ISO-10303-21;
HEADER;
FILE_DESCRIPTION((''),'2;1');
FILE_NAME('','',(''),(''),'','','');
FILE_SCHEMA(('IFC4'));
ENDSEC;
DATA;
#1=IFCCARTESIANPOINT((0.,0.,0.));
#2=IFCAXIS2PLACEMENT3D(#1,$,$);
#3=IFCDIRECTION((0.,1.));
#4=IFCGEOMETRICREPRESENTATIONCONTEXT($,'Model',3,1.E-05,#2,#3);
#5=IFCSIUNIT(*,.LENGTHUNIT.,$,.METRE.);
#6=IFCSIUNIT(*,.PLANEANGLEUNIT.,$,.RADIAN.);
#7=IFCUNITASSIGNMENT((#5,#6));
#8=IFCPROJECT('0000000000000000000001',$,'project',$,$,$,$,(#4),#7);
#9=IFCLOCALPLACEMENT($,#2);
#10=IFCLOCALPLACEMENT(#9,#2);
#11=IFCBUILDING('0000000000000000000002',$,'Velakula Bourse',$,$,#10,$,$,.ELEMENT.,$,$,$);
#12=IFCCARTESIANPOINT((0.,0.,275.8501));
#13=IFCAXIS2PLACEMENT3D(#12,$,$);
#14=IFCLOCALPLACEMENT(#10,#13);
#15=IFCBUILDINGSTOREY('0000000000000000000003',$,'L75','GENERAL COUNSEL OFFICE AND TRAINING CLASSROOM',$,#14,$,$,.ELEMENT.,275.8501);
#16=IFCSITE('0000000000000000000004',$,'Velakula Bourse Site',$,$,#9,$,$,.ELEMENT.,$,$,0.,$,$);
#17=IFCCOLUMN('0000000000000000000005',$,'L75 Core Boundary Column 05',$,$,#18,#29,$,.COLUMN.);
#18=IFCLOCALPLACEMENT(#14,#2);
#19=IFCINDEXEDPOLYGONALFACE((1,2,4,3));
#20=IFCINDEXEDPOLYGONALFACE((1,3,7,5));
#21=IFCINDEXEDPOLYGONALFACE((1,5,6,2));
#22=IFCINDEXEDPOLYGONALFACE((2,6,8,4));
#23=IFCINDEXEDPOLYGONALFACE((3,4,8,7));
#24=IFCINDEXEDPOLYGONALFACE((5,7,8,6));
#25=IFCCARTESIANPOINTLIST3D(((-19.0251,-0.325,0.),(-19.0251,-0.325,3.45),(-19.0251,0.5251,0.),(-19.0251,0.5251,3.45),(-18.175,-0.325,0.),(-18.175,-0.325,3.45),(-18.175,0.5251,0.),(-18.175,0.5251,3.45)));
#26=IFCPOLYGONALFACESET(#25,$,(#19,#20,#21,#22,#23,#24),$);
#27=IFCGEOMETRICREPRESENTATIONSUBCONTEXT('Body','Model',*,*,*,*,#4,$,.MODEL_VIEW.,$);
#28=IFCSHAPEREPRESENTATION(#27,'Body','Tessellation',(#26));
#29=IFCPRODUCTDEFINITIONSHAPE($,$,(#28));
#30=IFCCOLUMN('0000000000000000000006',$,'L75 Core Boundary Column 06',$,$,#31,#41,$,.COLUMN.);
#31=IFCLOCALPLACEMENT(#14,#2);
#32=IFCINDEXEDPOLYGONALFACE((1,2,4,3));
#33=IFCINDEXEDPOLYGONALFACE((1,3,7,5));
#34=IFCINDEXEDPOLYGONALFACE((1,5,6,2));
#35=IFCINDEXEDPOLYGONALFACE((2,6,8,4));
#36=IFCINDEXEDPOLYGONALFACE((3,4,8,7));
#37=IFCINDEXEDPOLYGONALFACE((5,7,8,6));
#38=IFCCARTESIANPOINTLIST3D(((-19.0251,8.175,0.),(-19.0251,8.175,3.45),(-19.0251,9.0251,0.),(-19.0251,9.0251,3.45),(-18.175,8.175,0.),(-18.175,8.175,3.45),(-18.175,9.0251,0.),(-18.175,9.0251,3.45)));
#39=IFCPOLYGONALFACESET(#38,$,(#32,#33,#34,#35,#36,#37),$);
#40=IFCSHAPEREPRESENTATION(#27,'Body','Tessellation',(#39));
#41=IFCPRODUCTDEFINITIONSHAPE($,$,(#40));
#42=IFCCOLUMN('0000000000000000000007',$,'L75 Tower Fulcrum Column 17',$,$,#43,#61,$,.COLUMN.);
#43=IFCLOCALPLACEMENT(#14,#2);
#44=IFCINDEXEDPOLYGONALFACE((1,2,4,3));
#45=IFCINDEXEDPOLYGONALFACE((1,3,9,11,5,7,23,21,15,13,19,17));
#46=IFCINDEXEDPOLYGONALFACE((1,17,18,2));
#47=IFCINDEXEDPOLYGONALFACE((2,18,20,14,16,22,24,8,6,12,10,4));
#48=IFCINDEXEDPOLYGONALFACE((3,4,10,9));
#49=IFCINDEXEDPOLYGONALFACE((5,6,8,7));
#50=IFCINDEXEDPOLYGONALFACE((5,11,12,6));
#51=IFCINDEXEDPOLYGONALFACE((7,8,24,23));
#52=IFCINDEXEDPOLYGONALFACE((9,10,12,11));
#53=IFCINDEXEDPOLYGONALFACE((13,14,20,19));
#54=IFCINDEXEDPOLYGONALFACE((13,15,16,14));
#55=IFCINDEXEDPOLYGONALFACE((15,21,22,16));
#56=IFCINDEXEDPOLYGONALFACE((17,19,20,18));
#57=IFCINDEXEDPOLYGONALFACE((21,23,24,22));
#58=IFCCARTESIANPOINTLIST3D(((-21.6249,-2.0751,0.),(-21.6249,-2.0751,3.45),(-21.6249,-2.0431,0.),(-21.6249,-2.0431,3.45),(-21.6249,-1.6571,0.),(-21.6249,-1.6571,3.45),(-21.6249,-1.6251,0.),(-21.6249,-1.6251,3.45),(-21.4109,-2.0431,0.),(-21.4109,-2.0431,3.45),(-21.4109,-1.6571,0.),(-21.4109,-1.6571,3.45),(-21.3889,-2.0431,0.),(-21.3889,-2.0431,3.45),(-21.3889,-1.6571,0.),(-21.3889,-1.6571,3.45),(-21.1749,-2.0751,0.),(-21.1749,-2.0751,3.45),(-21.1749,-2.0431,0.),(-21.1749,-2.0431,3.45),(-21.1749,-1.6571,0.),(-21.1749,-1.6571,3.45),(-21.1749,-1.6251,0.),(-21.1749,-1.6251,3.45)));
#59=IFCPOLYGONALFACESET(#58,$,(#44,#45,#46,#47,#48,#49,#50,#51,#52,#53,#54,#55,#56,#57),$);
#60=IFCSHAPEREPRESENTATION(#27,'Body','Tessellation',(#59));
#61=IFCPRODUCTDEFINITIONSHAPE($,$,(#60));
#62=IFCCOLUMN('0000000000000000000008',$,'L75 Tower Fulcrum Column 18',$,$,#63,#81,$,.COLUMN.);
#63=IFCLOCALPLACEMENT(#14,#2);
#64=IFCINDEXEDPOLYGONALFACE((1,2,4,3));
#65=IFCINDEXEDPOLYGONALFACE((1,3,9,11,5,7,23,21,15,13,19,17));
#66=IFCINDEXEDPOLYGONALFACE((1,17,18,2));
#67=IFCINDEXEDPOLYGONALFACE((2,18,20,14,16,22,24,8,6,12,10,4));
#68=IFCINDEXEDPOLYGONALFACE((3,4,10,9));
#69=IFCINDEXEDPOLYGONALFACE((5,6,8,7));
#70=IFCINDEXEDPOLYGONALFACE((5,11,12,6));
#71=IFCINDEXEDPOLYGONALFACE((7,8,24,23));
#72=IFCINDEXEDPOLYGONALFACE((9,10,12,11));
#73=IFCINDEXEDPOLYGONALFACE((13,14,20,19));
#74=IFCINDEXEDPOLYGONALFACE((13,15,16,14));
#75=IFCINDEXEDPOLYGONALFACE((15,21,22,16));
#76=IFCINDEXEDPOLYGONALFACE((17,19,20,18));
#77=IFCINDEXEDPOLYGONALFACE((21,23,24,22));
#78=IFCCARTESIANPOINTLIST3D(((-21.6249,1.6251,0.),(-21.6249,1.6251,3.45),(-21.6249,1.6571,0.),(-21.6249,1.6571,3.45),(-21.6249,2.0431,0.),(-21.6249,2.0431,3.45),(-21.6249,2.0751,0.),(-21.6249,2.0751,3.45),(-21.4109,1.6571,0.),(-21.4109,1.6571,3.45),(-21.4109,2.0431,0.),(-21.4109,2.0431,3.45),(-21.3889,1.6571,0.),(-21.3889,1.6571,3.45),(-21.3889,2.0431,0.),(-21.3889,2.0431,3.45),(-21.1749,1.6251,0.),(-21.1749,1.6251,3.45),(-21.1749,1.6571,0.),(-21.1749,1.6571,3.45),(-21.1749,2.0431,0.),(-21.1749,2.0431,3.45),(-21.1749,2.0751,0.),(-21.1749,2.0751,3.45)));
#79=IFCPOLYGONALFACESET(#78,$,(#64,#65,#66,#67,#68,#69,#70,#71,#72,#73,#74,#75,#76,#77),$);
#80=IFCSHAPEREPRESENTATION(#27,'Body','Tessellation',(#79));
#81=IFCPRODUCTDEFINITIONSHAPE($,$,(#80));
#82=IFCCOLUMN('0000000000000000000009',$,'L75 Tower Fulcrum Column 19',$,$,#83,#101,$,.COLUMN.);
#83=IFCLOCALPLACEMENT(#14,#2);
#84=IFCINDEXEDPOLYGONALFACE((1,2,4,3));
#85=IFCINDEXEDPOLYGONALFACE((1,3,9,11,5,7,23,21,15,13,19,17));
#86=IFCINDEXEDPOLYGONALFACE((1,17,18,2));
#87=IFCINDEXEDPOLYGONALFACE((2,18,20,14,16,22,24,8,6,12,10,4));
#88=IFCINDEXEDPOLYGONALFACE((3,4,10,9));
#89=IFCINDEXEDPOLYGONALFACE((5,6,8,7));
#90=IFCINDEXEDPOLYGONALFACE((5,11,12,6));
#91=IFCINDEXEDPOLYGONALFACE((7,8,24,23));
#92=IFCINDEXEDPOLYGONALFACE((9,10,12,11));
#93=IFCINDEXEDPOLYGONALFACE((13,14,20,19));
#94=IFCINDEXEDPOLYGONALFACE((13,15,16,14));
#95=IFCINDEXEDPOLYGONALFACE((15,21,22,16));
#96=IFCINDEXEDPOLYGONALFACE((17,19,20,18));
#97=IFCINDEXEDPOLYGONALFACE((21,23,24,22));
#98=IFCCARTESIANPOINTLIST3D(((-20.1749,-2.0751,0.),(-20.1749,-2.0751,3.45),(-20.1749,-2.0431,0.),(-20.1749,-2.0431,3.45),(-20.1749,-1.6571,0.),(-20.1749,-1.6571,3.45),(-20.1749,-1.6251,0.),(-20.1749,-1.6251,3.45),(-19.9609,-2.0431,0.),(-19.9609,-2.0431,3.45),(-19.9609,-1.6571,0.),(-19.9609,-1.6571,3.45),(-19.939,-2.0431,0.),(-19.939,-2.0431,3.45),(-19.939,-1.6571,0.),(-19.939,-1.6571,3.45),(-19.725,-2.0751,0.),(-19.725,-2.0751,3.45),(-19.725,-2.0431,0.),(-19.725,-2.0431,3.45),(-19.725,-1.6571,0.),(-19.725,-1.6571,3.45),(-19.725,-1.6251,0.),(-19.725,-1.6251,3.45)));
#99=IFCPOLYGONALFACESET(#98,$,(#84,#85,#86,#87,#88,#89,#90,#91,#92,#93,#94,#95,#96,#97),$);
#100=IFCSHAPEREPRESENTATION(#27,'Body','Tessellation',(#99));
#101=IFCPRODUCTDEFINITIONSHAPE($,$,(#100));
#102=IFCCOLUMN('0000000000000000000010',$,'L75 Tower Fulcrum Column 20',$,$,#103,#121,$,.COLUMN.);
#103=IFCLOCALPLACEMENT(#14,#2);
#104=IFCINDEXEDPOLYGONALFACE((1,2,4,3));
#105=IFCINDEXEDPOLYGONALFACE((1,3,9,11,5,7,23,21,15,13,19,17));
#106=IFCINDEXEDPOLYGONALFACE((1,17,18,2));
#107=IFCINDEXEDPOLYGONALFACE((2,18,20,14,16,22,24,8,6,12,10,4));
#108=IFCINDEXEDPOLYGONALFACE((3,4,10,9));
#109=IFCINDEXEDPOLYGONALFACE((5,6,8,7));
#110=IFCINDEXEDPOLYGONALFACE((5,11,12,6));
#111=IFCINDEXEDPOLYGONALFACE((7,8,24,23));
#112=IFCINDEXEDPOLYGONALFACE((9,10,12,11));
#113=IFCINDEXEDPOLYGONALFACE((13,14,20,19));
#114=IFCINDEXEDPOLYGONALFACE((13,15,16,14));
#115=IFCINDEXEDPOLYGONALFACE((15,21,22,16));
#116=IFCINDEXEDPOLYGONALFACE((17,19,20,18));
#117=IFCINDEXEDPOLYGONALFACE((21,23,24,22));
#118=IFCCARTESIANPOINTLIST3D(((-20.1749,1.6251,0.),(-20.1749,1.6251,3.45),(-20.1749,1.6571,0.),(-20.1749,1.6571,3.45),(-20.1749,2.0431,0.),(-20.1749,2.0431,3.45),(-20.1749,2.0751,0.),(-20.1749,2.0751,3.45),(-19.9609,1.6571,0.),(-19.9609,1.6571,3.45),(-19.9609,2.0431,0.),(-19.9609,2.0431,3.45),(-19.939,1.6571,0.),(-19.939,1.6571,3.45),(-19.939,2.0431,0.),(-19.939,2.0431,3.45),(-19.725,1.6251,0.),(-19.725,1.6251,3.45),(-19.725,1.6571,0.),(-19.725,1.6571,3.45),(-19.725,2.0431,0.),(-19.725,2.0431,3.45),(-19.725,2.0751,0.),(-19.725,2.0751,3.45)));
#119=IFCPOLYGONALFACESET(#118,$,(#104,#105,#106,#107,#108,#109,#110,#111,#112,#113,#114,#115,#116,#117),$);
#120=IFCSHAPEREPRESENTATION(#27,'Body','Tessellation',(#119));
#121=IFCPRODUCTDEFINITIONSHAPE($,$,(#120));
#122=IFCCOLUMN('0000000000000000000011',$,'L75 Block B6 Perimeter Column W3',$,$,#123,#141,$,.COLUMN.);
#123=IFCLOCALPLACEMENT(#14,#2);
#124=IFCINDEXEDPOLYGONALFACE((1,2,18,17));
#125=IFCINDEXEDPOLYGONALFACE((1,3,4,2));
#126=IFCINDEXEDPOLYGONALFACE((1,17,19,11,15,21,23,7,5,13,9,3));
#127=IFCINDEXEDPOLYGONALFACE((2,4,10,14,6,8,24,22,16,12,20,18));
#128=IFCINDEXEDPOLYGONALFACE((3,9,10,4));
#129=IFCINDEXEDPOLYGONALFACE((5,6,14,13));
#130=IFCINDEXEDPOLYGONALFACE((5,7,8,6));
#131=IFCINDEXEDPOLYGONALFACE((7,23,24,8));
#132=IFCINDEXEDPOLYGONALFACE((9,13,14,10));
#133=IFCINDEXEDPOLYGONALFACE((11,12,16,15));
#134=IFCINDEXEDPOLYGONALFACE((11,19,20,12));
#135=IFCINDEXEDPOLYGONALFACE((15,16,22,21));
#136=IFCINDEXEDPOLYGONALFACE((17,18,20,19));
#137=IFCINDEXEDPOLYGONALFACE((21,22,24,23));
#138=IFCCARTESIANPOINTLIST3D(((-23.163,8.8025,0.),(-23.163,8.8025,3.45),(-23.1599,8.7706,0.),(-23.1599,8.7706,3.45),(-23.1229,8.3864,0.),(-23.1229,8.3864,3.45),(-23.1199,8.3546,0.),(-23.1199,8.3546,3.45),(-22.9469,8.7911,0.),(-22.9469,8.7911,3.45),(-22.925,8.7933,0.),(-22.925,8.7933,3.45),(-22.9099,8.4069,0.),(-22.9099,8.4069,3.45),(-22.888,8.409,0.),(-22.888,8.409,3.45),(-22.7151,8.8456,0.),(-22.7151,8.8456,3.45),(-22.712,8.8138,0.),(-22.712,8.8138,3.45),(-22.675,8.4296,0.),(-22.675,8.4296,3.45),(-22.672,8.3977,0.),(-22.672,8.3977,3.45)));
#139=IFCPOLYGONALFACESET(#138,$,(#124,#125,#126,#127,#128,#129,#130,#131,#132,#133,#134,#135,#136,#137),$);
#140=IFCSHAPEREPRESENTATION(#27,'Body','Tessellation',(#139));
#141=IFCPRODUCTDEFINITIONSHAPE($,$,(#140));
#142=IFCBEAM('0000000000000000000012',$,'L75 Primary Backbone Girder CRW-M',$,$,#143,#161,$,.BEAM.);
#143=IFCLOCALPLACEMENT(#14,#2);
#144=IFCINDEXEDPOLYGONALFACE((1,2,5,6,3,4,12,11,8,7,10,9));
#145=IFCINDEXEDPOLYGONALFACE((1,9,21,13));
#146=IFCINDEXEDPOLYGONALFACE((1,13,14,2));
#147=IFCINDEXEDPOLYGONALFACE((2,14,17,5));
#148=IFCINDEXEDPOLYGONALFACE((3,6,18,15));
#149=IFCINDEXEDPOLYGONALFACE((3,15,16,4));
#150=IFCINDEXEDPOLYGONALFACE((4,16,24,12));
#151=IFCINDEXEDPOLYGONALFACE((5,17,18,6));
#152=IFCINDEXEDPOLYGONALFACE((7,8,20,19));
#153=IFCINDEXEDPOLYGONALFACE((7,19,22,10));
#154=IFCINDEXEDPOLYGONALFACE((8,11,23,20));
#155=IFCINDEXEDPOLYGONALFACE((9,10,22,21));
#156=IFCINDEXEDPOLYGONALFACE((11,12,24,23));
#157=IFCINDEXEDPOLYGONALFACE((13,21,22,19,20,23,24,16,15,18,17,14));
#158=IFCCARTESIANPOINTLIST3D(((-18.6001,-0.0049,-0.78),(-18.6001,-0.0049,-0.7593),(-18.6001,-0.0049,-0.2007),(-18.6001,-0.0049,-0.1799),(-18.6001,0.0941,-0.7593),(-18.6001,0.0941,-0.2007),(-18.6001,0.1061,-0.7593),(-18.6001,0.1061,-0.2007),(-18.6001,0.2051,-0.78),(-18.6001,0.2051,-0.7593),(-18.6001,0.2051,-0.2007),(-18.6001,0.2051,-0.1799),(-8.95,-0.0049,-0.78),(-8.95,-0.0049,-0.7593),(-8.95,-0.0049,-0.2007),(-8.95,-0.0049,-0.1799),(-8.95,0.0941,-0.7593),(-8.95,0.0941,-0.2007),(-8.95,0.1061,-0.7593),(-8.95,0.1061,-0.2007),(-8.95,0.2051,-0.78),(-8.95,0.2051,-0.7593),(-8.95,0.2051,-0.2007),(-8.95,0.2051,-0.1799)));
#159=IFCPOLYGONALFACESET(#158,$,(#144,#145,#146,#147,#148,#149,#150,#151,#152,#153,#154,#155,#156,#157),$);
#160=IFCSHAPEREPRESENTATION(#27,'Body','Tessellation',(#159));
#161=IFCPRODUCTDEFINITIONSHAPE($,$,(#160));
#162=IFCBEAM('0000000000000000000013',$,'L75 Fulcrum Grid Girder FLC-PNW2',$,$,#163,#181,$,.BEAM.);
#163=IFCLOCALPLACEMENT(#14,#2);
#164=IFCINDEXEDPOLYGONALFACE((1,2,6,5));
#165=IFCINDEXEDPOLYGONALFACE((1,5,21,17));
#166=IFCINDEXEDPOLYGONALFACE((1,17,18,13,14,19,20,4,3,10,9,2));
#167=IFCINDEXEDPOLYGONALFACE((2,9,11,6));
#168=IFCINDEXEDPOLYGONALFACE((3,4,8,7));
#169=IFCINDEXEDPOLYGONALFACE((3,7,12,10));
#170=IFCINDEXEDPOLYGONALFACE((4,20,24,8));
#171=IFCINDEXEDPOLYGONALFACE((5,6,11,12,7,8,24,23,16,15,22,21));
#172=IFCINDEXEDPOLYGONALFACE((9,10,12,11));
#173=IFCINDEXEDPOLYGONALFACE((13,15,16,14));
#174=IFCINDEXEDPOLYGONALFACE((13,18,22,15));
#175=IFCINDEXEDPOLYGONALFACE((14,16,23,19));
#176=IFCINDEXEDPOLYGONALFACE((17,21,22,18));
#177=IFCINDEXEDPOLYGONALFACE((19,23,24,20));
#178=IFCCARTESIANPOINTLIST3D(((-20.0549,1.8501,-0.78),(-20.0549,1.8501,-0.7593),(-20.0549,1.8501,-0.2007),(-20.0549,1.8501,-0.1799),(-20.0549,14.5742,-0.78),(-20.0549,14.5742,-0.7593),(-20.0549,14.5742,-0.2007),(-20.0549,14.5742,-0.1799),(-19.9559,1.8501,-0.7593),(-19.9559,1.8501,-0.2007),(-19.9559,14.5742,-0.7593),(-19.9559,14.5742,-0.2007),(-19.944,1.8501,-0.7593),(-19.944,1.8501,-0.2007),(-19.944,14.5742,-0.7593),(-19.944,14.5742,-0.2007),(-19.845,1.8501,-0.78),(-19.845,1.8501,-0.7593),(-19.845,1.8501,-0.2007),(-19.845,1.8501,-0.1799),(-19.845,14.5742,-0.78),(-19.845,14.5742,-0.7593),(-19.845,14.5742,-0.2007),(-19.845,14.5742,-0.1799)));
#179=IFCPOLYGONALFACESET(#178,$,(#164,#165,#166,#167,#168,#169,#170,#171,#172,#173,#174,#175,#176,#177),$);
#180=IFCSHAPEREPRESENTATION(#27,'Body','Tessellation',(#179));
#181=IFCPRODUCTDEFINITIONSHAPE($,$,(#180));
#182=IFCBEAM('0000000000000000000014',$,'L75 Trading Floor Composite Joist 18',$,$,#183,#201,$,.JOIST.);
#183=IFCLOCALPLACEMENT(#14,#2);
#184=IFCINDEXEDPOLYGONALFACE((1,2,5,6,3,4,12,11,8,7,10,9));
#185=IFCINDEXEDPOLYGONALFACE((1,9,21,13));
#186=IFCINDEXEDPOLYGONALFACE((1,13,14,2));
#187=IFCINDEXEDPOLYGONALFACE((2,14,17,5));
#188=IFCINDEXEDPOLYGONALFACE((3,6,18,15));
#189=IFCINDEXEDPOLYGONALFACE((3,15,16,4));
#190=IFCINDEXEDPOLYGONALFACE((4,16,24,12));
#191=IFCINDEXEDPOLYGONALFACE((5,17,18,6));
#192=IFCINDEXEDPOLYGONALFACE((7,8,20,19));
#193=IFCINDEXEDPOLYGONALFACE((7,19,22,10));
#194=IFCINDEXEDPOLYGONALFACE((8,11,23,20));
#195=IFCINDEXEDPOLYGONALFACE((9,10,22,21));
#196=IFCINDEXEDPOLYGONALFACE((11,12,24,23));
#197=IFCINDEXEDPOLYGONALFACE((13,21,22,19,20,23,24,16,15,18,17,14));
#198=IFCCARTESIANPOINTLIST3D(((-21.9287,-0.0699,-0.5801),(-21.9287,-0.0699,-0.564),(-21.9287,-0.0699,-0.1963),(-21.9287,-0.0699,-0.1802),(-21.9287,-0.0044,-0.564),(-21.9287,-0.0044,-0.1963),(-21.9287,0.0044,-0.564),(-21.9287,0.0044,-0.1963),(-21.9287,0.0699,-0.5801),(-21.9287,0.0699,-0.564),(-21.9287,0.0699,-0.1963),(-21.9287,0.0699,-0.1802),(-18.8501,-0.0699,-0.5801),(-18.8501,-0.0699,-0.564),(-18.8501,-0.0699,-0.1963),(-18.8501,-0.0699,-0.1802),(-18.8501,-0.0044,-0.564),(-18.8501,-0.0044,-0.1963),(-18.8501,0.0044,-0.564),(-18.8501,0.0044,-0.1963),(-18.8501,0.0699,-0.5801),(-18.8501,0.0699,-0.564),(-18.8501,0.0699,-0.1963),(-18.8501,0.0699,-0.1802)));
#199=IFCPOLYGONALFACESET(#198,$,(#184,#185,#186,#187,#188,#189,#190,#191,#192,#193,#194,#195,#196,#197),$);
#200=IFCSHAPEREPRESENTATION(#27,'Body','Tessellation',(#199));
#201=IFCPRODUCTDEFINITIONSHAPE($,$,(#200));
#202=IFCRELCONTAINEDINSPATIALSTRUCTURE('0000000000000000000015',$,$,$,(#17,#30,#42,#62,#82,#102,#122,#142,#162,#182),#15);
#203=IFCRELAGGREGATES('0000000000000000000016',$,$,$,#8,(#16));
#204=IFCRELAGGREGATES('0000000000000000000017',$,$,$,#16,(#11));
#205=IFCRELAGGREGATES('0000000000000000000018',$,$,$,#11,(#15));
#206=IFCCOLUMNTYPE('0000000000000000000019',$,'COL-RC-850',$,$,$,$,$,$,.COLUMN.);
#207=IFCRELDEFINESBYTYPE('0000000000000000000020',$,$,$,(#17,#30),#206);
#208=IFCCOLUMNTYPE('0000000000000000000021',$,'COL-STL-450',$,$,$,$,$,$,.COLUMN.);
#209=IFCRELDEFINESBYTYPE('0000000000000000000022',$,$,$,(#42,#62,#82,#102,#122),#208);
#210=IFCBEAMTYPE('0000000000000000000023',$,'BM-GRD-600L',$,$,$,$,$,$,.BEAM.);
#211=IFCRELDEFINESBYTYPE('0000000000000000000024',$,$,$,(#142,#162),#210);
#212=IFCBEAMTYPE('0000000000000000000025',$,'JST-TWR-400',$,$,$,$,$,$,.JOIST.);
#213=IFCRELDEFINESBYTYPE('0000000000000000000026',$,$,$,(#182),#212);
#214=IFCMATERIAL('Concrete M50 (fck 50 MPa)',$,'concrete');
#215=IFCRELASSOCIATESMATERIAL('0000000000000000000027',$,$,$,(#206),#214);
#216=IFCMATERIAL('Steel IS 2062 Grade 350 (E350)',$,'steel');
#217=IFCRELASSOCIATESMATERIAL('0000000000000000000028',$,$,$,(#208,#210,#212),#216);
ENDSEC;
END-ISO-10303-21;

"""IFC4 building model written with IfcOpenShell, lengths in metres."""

from ifc_helpers import new_model, si_unit, direction, frame, origin, origin_2d, place, context, subcontext, project, spatial, rectangle, i_section, extrude, material, material_profile, profile_set, type_object, element, save


model = new_model("IFC4")

# Units and contexts
model_context = context("Model", 3, precision=1e-05, world=origin(), true_north=direction((0.0, 1.0)))
body_context = subcontext(model_context, "Body", "Model", "MODEL_VIEW")
ifc_project = project(units=[si_unit("LENGTHUNIT", "METRE"), si_unit("PLANEANGLEUNIT", "RADIAN")], contexts=[model_context])

# Site, building, storey
site_placement = place(None, origin())
site = spatial("IfcSite", under=ifc_project, at=site_placement, Name="Velakula Bourse Site", CompositionType="ELEMENT", RefElevation=0.0)
building_placement = place(site_placement, origin())
building = spatial("IfcBuilding", under=site, at=building_placement, Name="Velakula Bourse", CompositionType="ELEMENT")
storey_placement = place(building_placement, frame((0.0, 0.0, 275.8501)))
storey = spatial("IfcBuildingStorey", under=building, at=storey_placement, Name="L75", Description="GENERAL COUNSEL OFFICE AND TRAINING CLASSROOM", CompositionType="ELEMENT", Elevation=275.8501)

# Columns
ifc_material_1 = material(Name="Concrete M50 (fck 50 MPa)", Category="concrete")
ifc_material_profile_1 = material_profile(ifc_material_1, rectangle(XDim=0.8501, YDim=0.8501, at=origin_2d()), Name="Concrete M50 (fck 50 MPa)")
ifc_profile_set_1 = profile_set([ifc_material_profile_1], Name="Concrete M50 (fck 50 MPa)")
column_type_1 = type_object("IfcColumnType", Name="COL-RC-850", PredefinedType="COLUMN", material=ifc_profile_set_1)
for number, where, z_axis, x_axis, name in (
    (1, (-18.6001, 0.1001, 0.0), (0.0, 0.0, 1.0), (1.0, 0.0, 0.0), "L75 Core Boundary Column 05"),
    (2, (-18.6001, 8.6001, 0.0), (0.0, 0.0, 1.0), (1.0, 0.0, 0.0), "L75 Core Boundary Column 06"),
):
    element("IfcColumn", number, at=place(storey_placement, frame(where, z_axis=z_axis, x_axis=x_axis)), inside=storey, type_object=column_type_1, Name=name, PredefinedType="COLUMN", context=body_context, shape_type="SweptSolid", body=[
        extrude(rectangle(XDim=0.8501, YDim=0.8501, at=origin_2d()), origin(), (0.0, 0.0, 1.0), 3.45),
    ])
ifc_material_2 = material(Name="Steel IS 2062 Grade 350 (E350)", Category="steel")
ifc_material_profile_2 = material_profile(ifc_material_2, i_section(OverallWidth=0.45, OverallDepth=0.45, WebThickness=0.022, FlangeThickness=0.032, at=origin_2d()), Name="Steel IS 2062 Grade 350 (E350)")
ifc_profile_set_2 = profile_set([ifc_material_profile_2], Name="Steel IS 2062 Grade 350 (E350)")
column_type_2 = type_object("IfcColumnType", Name="COL-STL-450", PredefinedType="COLUMN", material=ifc_profile_set_2)
for number, where, z_axis, x_axis, name in (
    (3, (-21.3999, -1.8501, 0.0), (0.0, 0.0, 1.0), (1.0, 0.0, 0.0), "L75 Tower Fulcrum Column 17"),
    (4, (-21.3999, 1.8501, 0.0), (0.0, 0.0, 1.0), (1.0, 0.0, 0.0), "L75 Tower Fulcrum Column 18"),
    (5, (-19.95, -1.8501, 0.0), (0.0, 0.0, 1.0), (1.0, 0.0, 0.0), "L75 Tower Fulcrum Column 19"),
    (6, (-19.95, 1.8501, 0.0), (0.0, 0.0, 1.0), (1.0, 0.0, 0.0), "L75 Tower Fulcrum Column 20"),
    (7, (-22.9175, 8.6001, 0.0), (0.0, 0.0, 1.0), (0.995396, 0.095846, 0.0), "L75 Block B6 Perimeter Column W3"),
):
    element("IfcColumn", number, at=place(storey_placement, frame(where, z_axis=z_axis, x_axis=x_axis)), inside=storey, type_object=column_type_2, Name=name, PredefinedType="COLUMN", context=body_context, shape_type="SweptSolid", body=[
        extrude(i_section(OverallWidth=0.45, OverallDepth=0.45, WebThickness=0.022, FlangeThickness=0.032, at=origin_2d()), origin(), (0.0, 0.0, 1.0), 3.45),
    ])

# Beams
ifc_material_profile_3 = material_profile(ifc_material_2, i_section(OverallWidth=0.21, OverallDepth=0.6001, WebThickness=0.012, FlangeThickness=0.0208, at=origin_2d()), Name="Steel IS 2062 Grade 350 (E350)")
ifc_profile_set_3 = profile_set([ifc_material_profile_3], Name="Steel IS 2062 Grade 350 (E350)")
beam_type_1 = type_object("IfcBeamType", Name="BM-GRD-600L", PredefinedType="BEAM", material=ifc_profile_set_3)
beam_1_placement = place(storey_placement, frame((-18.6001, 0.1001, -0.48), z_axis=(1.0, 0.0, 0.0), x_axis=(0.0, 1.0, 0.0)))
element("IfcBeam", 8, at=beam_1_placement, inside=storey, type_object=beam_type_1, Name="L75 Primary Backbone Girder CRW-M", PredefinedType="BEAM", context=body_context, shape_type="SweptSolid", body=[
    extrude(i_section(OverallWidth=0.21, OverallDepth=0.6001, WebThickness=0.012, FlangeThickness=0.0208, at=origin_2d()), origin(), (0.0, 0.0, 1.0), 9.6501),
])
beam_2_placement = place(storey_placement, frame((-19.95, 1.8501, -0.48), z_axis=(0.0, 1.0, 0.0), x_axis=(-1.0, 0.0, 0.0)))
element("IfcBeam", 9, at=beam_2_placement, inside=storey, type_object=beam_type_1, Name="L75 Fulcrum Grid Girder FLC-PNW2", PredefinedType="BEAM", context=body_context, shape_type="SweptSolid", body=[
    extrude(i_section(OverallWidth=0.21, OverallDepth=0.6001, WebThickness=0.012, FlangeThickness=0.0208, at=origin_2d()), origin(), (0.0, 0.0, 1.0), 12.7241),
])
ifc_material_profile_4 = material_profile(ifc_material_2, i_section(OverallWidth=0.1399, OverallDepth=0.3999, WebThickness=0.0088, FlangeThickness=0.0161, at=origin_2d()), Name="Steel IS 2062 Grade 350 (E350)")
ifc_profile_set_4 = profile_set([ifc_material_profile_4], Name="Steel IS 2062 Grade 350 (E350)")
beam_type_2 = type_object("IfcBeamType", Name="JST-TWR-400", PredefinedType="JOIST", material=ifc_profile_set_4)
beam_3_placement = place(storey_placement, frame((-21.9287, 0.0, -0.3801), z_axis=(1.0, 0.0, 0.0), x_axis=(0.0, 1.0, 0.0)))
element("IfcBeam", 10, at=beam_3_placement, inside=storey, type_object=beam_type_2, Name="L75 Trading Floor Composite Joist 18", PredefinedType="JOIST", context=body_context, shape_type="SweptSolid", body=[
    extrude(i_section(OverallWidth=0.1399, OverallDepth=0.3999, WebThickness=0.0088, FlangeThickness=0.0161, at=origin_2d()), origin(), (0.0, 0.0, 1.0), 3.0786),
])

save(model, "model.ifc")
